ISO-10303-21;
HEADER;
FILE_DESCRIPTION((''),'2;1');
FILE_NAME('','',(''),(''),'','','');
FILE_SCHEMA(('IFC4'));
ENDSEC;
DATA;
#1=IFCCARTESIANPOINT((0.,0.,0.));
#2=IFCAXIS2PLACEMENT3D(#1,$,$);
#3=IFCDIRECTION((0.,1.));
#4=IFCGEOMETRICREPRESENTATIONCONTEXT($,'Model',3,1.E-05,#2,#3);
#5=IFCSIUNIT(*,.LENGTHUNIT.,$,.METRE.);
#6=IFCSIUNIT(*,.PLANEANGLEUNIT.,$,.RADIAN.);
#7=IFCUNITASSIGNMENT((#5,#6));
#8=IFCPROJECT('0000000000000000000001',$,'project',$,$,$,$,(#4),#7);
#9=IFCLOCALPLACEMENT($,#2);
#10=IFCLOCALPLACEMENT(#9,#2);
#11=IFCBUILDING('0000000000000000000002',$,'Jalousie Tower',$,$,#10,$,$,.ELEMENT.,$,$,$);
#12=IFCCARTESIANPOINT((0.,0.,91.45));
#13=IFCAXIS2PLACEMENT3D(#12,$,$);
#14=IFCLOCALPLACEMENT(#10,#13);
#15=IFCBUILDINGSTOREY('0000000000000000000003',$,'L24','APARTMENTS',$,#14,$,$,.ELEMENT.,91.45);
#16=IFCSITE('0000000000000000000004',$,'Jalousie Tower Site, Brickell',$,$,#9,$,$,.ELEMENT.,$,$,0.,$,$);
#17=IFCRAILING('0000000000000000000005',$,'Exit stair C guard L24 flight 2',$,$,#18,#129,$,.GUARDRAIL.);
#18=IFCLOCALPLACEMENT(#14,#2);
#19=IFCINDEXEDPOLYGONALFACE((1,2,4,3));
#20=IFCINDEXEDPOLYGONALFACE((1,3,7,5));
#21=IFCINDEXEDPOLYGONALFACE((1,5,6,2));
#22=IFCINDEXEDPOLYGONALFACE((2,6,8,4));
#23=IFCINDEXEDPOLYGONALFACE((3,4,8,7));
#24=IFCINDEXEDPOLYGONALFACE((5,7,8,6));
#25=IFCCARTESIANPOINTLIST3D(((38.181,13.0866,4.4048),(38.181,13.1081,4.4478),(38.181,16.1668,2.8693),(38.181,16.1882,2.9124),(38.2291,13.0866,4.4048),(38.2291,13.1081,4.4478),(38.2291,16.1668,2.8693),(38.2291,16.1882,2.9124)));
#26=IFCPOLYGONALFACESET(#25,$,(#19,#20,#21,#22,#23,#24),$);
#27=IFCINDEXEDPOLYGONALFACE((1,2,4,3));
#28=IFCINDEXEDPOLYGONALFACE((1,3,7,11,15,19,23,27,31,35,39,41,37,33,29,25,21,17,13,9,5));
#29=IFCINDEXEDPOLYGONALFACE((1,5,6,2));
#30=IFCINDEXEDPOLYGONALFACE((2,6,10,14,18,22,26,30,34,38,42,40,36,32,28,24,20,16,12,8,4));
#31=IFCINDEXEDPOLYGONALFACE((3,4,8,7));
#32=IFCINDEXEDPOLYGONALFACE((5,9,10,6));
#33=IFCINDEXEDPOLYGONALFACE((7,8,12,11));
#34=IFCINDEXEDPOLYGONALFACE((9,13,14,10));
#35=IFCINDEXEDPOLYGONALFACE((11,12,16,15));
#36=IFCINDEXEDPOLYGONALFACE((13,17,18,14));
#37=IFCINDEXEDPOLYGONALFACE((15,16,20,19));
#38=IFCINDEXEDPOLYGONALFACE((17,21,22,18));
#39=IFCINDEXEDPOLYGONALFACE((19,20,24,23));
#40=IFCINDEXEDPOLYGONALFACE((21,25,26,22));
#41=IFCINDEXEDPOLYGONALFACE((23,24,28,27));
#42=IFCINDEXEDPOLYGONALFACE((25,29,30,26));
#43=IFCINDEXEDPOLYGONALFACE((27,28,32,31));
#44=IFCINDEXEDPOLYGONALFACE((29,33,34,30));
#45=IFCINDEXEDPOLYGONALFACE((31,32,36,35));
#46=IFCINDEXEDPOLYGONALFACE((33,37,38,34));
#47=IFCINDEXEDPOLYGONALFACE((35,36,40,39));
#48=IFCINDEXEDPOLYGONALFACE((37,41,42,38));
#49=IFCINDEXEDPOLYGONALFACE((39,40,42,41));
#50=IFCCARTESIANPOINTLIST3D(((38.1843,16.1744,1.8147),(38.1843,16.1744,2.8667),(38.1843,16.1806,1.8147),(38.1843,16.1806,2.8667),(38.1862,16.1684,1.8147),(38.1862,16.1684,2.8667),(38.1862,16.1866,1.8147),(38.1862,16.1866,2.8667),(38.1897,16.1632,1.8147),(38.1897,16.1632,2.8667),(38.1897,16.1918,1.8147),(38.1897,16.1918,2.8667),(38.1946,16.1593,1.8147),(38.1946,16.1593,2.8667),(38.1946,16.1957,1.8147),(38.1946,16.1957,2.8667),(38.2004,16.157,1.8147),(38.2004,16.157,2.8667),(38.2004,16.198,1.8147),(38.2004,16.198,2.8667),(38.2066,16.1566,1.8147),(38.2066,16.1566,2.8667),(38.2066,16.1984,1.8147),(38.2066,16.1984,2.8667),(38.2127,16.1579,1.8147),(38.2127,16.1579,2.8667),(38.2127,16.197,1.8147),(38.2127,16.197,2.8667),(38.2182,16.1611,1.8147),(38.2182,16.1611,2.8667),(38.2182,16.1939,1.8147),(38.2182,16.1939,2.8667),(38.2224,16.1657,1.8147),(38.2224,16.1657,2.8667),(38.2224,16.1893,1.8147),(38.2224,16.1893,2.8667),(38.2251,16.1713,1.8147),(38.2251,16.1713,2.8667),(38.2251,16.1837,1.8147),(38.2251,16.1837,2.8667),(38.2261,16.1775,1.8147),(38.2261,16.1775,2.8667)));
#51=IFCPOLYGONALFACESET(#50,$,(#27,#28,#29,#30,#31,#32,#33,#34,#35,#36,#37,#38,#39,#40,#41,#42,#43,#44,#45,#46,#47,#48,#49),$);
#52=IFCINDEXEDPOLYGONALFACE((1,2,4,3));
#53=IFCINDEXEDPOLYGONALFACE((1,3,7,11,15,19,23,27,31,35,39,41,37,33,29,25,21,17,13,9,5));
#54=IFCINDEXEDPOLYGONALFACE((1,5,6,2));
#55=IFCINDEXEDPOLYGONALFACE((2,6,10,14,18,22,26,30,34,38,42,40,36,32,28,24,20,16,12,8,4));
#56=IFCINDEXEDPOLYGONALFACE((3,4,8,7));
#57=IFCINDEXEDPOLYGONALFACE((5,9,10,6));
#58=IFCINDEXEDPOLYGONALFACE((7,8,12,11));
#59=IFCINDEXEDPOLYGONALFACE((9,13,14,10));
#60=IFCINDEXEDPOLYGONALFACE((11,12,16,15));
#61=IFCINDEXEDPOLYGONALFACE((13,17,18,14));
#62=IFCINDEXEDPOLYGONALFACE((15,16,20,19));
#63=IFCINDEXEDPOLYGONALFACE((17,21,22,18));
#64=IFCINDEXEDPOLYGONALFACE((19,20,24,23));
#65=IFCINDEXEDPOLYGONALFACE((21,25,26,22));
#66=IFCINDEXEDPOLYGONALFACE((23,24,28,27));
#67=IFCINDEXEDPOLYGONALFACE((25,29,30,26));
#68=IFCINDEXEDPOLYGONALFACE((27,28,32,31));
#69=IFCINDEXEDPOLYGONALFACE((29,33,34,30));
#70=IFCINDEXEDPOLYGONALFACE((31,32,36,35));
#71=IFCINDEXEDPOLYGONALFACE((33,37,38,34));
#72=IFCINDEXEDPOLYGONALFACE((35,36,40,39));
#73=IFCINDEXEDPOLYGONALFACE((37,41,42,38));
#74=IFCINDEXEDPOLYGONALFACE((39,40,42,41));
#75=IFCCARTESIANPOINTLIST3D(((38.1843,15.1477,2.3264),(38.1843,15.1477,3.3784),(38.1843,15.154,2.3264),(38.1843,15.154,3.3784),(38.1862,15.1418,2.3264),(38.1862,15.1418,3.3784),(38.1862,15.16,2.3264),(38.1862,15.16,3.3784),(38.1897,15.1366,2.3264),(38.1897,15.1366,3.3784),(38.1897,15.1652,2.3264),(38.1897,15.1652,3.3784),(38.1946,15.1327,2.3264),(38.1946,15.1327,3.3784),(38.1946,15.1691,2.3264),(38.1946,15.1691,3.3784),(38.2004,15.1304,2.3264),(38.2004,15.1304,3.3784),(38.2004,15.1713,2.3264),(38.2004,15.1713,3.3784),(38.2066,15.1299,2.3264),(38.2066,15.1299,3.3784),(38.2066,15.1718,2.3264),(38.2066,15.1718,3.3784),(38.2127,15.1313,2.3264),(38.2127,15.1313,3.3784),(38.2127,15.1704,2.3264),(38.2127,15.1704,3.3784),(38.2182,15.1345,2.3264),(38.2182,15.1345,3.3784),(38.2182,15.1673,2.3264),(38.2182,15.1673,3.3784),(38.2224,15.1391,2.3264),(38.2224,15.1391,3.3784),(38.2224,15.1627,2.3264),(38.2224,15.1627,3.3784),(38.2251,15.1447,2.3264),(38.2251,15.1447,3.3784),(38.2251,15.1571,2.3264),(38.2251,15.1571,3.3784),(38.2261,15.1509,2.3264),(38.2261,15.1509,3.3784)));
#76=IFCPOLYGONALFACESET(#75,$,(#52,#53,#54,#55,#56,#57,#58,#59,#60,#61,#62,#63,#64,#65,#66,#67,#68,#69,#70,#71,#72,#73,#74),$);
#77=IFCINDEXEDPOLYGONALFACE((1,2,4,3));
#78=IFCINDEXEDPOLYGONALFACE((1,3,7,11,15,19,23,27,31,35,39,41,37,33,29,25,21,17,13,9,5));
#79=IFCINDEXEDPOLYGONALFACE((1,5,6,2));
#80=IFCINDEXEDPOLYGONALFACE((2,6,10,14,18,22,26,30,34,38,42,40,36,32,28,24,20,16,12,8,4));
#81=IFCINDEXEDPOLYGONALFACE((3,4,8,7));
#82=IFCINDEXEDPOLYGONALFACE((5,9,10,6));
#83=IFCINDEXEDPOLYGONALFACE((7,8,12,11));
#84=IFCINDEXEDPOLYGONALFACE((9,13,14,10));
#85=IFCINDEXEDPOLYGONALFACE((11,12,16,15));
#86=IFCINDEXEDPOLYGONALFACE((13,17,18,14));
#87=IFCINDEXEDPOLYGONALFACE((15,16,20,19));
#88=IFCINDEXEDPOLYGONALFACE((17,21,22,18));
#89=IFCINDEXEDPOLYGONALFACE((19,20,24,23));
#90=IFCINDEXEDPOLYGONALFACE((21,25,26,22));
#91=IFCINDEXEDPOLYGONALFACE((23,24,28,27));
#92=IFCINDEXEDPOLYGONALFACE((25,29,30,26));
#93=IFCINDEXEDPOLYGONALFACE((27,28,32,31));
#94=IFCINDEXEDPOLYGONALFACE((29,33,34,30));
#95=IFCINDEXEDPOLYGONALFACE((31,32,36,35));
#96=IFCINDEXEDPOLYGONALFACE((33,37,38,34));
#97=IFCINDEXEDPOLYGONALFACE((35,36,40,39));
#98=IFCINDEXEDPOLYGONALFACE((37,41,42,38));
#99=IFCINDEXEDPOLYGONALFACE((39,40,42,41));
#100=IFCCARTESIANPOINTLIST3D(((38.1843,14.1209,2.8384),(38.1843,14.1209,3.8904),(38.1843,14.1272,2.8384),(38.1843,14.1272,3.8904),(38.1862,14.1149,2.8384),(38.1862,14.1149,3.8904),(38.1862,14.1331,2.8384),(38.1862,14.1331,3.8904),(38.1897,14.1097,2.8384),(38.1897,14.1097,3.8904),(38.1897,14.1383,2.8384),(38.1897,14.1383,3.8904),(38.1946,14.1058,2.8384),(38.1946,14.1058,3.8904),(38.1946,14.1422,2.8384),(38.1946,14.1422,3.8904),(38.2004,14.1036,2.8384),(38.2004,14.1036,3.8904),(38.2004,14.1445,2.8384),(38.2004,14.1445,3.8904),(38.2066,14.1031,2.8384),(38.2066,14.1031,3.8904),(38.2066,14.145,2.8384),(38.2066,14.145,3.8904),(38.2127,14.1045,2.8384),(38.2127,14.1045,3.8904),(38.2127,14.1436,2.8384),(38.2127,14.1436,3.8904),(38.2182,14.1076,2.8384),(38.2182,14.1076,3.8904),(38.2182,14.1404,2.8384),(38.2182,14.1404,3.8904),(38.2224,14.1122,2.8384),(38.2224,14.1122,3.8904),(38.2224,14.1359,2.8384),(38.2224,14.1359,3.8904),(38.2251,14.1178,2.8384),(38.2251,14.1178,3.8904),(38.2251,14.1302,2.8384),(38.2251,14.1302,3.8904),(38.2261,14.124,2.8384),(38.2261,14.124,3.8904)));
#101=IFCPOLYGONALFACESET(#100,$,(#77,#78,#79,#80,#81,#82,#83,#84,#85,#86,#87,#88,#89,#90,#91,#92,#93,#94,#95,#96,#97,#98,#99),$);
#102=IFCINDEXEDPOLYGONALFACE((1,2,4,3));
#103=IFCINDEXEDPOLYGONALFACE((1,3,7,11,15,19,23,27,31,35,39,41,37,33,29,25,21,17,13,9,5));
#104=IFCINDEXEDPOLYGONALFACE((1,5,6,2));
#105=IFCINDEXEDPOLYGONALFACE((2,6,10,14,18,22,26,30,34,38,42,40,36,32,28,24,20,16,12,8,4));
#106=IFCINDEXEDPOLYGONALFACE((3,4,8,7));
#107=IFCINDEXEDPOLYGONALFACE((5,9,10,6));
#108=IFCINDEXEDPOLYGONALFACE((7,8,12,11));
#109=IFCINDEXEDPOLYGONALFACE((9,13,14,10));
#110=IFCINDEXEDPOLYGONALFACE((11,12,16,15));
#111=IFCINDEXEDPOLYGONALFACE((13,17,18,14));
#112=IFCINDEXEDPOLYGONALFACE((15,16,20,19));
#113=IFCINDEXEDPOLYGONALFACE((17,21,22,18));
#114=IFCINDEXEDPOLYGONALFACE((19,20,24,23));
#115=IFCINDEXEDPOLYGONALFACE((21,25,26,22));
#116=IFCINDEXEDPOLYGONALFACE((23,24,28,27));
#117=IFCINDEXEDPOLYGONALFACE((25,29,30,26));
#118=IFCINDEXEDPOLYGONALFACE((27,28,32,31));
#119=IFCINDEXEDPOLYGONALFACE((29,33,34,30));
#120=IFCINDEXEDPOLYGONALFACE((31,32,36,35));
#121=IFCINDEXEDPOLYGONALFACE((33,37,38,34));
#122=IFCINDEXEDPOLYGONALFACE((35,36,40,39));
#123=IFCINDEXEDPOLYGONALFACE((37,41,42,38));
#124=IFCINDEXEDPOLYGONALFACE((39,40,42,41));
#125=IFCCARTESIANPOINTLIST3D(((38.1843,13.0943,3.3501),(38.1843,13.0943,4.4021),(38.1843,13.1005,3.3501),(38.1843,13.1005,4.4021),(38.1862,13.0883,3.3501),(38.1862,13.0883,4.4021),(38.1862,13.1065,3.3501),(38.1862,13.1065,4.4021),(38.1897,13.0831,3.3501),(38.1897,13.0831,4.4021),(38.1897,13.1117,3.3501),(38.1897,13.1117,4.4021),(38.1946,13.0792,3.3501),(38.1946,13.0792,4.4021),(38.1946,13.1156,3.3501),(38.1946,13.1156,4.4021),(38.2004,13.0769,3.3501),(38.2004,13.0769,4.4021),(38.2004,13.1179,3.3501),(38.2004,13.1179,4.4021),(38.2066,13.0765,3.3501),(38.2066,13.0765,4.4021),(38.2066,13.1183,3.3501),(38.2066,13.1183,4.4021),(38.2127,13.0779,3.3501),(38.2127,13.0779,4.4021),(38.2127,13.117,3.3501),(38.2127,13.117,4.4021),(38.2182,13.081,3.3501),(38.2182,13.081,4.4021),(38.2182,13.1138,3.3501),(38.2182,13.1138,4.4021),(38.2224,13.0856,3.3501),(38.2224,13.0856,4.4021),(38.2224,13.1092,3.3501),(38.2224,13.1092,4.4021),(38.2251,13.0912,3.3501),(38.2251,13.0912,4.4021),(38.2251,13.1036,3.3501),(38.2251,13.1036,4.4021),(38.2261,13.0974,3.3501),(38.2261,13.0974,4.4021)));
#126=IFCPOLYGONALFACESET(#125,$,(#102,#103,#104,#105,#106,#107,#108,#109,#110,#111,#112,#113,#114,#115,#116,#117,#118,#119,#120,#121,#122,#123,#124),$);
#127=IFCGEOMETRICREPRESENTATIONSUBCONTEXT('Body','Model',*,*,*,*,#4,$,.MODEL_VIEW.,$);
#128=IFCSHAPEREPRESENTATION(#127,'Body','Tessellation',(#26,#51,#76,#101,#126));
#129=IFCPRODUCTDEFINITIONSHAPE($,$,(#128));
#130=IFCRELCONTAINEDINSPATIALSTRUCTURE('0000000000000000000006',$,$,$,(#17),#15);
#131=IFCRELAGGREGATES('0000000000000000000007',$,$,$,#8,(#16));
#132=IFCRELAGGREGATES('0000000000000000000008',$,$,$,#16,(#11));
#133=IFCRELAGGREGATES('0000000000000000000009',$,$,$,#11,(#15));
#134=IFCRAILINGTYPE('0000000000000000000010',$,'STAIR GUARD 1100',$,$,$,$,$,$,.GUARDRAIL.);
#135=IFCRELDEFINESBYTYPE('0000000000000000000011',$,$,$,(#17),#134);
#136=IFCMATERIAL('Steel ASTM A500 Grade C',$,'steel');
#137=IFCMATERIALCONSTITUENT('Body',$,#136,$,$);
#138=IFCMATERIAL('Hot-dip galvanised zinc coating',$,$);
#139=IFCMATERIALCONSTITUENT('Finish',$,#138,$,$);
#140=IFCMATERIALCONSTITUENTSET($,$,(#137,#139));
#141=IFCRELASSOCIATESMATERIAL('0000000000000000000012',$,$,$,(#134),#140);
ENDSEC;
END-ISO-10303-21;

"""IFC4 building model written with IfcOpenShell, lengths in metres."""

from ifc_helpers import new_model, si_unit, direction, frame, origin, origin_2d, place, context, subcontext, project, spatial, rectangle, circle, extrude, material, constituent, constituent_set, type_object, element, save


model = new_model("IFC4")

# Units and contexts
model_context = context("Model", 3, precision=1e-05, world=origin(), true_north=direction((0.0, 1.0)))
body_context = subcontext(model_context, "Body", "Model", "MODEL_VIEW")
ifc_project = project(units=[si_unit("LENGTHUNIT", "METRE"), si_unit("PLANEANGLEUNIT", "RADIAN")], contexts=[model_context])

# Site, building, storey
site_placement = place(None, origin())
site = spatial("IfcSite", under=ifc_project, at=site_placement, Name="Jalousie Tower Site, Brickell", CompositionType="ELEMENT", RefElevation=0.0)
building_placement = place(site_placement, origin())
building = spatial("IfcBuilding", under=site, at=building_placement, Name="Jalousie Tower", CompositionType="ELEMENT")
storey_placement = place(building_placement, frame((0.0, 0.0, 91.45)))
storey = spatial("IfcBuildingStorey", under=building, at=storey_placement, Name="L24", Description="APARTMENTS", CompositionType="ELEMENT", Elevation=91.45)

# Railing
ifc_material_1 = material(Name="Steel ASTM A500 Grade C", Category="steel")
ifc_constituent_1 = constituent(ifc_material_1, Name="Body")
ifc_material_2 = material(Name="Hot-dip galvanised zinc coating")
ifc_constituent_2 = constituent(ifc_material_2, Name="Finish")
ifc_constituent_set_1 = constituent_set(constituents=[ifc_constituent_1, ifc_constituent_2])
railing_type_1 = type_object("IfcRailingType", Name="STAIR GUARD 1100", PredefinedType="GUARDRAIL", material=ifc_constituent_set_1)
railing_1_placement = place(storey_placement, frame((38.2051, 16.1775, 1.8147)))
element("IfcRailing", 1, at=railing_1_placement, inside=storey, type_object=railing_type_1, Name="Exit stair C guard L24 flight 2", PredefinedType="GUARDRAIL", context=body_context, shape_type="SweptSolid", body=[
    extrude(rectangle(XDim=0.0481, YDim=0.0481, at=origin_2d()), frame((0.0, 0.0, 1.0762), z_axis=(0.0, -0.894966, 0.446135), x_axis=(1.0, 0.0, 0.0)), (0.0, 0.0, 1.0), 3.4417),
    extrude(circle(Radius=0.021, at=origin_2d()), origin(), (0.0, 0.0, 1.0), 1.052),
    extrude(circle(Radius=0.021, at=origin_2d()), frame((0.0, -1.0266, 0.5117)), (0.0, 0.0, 1.0), 1.052),
    extrude(circle(Radius=0.021, at=origin_2d()), frame((0.0, -2.0535, 1.0237)), (0.0, 0.0, 1.0), 1.052),
    extrude(circle(Radius=0.021, at=origin_2d()), frame((0.0, -3.0801, 1.5354)), (0.0, 0.0, 1.0), 1.052),
])

save(model, "model.ifc")
